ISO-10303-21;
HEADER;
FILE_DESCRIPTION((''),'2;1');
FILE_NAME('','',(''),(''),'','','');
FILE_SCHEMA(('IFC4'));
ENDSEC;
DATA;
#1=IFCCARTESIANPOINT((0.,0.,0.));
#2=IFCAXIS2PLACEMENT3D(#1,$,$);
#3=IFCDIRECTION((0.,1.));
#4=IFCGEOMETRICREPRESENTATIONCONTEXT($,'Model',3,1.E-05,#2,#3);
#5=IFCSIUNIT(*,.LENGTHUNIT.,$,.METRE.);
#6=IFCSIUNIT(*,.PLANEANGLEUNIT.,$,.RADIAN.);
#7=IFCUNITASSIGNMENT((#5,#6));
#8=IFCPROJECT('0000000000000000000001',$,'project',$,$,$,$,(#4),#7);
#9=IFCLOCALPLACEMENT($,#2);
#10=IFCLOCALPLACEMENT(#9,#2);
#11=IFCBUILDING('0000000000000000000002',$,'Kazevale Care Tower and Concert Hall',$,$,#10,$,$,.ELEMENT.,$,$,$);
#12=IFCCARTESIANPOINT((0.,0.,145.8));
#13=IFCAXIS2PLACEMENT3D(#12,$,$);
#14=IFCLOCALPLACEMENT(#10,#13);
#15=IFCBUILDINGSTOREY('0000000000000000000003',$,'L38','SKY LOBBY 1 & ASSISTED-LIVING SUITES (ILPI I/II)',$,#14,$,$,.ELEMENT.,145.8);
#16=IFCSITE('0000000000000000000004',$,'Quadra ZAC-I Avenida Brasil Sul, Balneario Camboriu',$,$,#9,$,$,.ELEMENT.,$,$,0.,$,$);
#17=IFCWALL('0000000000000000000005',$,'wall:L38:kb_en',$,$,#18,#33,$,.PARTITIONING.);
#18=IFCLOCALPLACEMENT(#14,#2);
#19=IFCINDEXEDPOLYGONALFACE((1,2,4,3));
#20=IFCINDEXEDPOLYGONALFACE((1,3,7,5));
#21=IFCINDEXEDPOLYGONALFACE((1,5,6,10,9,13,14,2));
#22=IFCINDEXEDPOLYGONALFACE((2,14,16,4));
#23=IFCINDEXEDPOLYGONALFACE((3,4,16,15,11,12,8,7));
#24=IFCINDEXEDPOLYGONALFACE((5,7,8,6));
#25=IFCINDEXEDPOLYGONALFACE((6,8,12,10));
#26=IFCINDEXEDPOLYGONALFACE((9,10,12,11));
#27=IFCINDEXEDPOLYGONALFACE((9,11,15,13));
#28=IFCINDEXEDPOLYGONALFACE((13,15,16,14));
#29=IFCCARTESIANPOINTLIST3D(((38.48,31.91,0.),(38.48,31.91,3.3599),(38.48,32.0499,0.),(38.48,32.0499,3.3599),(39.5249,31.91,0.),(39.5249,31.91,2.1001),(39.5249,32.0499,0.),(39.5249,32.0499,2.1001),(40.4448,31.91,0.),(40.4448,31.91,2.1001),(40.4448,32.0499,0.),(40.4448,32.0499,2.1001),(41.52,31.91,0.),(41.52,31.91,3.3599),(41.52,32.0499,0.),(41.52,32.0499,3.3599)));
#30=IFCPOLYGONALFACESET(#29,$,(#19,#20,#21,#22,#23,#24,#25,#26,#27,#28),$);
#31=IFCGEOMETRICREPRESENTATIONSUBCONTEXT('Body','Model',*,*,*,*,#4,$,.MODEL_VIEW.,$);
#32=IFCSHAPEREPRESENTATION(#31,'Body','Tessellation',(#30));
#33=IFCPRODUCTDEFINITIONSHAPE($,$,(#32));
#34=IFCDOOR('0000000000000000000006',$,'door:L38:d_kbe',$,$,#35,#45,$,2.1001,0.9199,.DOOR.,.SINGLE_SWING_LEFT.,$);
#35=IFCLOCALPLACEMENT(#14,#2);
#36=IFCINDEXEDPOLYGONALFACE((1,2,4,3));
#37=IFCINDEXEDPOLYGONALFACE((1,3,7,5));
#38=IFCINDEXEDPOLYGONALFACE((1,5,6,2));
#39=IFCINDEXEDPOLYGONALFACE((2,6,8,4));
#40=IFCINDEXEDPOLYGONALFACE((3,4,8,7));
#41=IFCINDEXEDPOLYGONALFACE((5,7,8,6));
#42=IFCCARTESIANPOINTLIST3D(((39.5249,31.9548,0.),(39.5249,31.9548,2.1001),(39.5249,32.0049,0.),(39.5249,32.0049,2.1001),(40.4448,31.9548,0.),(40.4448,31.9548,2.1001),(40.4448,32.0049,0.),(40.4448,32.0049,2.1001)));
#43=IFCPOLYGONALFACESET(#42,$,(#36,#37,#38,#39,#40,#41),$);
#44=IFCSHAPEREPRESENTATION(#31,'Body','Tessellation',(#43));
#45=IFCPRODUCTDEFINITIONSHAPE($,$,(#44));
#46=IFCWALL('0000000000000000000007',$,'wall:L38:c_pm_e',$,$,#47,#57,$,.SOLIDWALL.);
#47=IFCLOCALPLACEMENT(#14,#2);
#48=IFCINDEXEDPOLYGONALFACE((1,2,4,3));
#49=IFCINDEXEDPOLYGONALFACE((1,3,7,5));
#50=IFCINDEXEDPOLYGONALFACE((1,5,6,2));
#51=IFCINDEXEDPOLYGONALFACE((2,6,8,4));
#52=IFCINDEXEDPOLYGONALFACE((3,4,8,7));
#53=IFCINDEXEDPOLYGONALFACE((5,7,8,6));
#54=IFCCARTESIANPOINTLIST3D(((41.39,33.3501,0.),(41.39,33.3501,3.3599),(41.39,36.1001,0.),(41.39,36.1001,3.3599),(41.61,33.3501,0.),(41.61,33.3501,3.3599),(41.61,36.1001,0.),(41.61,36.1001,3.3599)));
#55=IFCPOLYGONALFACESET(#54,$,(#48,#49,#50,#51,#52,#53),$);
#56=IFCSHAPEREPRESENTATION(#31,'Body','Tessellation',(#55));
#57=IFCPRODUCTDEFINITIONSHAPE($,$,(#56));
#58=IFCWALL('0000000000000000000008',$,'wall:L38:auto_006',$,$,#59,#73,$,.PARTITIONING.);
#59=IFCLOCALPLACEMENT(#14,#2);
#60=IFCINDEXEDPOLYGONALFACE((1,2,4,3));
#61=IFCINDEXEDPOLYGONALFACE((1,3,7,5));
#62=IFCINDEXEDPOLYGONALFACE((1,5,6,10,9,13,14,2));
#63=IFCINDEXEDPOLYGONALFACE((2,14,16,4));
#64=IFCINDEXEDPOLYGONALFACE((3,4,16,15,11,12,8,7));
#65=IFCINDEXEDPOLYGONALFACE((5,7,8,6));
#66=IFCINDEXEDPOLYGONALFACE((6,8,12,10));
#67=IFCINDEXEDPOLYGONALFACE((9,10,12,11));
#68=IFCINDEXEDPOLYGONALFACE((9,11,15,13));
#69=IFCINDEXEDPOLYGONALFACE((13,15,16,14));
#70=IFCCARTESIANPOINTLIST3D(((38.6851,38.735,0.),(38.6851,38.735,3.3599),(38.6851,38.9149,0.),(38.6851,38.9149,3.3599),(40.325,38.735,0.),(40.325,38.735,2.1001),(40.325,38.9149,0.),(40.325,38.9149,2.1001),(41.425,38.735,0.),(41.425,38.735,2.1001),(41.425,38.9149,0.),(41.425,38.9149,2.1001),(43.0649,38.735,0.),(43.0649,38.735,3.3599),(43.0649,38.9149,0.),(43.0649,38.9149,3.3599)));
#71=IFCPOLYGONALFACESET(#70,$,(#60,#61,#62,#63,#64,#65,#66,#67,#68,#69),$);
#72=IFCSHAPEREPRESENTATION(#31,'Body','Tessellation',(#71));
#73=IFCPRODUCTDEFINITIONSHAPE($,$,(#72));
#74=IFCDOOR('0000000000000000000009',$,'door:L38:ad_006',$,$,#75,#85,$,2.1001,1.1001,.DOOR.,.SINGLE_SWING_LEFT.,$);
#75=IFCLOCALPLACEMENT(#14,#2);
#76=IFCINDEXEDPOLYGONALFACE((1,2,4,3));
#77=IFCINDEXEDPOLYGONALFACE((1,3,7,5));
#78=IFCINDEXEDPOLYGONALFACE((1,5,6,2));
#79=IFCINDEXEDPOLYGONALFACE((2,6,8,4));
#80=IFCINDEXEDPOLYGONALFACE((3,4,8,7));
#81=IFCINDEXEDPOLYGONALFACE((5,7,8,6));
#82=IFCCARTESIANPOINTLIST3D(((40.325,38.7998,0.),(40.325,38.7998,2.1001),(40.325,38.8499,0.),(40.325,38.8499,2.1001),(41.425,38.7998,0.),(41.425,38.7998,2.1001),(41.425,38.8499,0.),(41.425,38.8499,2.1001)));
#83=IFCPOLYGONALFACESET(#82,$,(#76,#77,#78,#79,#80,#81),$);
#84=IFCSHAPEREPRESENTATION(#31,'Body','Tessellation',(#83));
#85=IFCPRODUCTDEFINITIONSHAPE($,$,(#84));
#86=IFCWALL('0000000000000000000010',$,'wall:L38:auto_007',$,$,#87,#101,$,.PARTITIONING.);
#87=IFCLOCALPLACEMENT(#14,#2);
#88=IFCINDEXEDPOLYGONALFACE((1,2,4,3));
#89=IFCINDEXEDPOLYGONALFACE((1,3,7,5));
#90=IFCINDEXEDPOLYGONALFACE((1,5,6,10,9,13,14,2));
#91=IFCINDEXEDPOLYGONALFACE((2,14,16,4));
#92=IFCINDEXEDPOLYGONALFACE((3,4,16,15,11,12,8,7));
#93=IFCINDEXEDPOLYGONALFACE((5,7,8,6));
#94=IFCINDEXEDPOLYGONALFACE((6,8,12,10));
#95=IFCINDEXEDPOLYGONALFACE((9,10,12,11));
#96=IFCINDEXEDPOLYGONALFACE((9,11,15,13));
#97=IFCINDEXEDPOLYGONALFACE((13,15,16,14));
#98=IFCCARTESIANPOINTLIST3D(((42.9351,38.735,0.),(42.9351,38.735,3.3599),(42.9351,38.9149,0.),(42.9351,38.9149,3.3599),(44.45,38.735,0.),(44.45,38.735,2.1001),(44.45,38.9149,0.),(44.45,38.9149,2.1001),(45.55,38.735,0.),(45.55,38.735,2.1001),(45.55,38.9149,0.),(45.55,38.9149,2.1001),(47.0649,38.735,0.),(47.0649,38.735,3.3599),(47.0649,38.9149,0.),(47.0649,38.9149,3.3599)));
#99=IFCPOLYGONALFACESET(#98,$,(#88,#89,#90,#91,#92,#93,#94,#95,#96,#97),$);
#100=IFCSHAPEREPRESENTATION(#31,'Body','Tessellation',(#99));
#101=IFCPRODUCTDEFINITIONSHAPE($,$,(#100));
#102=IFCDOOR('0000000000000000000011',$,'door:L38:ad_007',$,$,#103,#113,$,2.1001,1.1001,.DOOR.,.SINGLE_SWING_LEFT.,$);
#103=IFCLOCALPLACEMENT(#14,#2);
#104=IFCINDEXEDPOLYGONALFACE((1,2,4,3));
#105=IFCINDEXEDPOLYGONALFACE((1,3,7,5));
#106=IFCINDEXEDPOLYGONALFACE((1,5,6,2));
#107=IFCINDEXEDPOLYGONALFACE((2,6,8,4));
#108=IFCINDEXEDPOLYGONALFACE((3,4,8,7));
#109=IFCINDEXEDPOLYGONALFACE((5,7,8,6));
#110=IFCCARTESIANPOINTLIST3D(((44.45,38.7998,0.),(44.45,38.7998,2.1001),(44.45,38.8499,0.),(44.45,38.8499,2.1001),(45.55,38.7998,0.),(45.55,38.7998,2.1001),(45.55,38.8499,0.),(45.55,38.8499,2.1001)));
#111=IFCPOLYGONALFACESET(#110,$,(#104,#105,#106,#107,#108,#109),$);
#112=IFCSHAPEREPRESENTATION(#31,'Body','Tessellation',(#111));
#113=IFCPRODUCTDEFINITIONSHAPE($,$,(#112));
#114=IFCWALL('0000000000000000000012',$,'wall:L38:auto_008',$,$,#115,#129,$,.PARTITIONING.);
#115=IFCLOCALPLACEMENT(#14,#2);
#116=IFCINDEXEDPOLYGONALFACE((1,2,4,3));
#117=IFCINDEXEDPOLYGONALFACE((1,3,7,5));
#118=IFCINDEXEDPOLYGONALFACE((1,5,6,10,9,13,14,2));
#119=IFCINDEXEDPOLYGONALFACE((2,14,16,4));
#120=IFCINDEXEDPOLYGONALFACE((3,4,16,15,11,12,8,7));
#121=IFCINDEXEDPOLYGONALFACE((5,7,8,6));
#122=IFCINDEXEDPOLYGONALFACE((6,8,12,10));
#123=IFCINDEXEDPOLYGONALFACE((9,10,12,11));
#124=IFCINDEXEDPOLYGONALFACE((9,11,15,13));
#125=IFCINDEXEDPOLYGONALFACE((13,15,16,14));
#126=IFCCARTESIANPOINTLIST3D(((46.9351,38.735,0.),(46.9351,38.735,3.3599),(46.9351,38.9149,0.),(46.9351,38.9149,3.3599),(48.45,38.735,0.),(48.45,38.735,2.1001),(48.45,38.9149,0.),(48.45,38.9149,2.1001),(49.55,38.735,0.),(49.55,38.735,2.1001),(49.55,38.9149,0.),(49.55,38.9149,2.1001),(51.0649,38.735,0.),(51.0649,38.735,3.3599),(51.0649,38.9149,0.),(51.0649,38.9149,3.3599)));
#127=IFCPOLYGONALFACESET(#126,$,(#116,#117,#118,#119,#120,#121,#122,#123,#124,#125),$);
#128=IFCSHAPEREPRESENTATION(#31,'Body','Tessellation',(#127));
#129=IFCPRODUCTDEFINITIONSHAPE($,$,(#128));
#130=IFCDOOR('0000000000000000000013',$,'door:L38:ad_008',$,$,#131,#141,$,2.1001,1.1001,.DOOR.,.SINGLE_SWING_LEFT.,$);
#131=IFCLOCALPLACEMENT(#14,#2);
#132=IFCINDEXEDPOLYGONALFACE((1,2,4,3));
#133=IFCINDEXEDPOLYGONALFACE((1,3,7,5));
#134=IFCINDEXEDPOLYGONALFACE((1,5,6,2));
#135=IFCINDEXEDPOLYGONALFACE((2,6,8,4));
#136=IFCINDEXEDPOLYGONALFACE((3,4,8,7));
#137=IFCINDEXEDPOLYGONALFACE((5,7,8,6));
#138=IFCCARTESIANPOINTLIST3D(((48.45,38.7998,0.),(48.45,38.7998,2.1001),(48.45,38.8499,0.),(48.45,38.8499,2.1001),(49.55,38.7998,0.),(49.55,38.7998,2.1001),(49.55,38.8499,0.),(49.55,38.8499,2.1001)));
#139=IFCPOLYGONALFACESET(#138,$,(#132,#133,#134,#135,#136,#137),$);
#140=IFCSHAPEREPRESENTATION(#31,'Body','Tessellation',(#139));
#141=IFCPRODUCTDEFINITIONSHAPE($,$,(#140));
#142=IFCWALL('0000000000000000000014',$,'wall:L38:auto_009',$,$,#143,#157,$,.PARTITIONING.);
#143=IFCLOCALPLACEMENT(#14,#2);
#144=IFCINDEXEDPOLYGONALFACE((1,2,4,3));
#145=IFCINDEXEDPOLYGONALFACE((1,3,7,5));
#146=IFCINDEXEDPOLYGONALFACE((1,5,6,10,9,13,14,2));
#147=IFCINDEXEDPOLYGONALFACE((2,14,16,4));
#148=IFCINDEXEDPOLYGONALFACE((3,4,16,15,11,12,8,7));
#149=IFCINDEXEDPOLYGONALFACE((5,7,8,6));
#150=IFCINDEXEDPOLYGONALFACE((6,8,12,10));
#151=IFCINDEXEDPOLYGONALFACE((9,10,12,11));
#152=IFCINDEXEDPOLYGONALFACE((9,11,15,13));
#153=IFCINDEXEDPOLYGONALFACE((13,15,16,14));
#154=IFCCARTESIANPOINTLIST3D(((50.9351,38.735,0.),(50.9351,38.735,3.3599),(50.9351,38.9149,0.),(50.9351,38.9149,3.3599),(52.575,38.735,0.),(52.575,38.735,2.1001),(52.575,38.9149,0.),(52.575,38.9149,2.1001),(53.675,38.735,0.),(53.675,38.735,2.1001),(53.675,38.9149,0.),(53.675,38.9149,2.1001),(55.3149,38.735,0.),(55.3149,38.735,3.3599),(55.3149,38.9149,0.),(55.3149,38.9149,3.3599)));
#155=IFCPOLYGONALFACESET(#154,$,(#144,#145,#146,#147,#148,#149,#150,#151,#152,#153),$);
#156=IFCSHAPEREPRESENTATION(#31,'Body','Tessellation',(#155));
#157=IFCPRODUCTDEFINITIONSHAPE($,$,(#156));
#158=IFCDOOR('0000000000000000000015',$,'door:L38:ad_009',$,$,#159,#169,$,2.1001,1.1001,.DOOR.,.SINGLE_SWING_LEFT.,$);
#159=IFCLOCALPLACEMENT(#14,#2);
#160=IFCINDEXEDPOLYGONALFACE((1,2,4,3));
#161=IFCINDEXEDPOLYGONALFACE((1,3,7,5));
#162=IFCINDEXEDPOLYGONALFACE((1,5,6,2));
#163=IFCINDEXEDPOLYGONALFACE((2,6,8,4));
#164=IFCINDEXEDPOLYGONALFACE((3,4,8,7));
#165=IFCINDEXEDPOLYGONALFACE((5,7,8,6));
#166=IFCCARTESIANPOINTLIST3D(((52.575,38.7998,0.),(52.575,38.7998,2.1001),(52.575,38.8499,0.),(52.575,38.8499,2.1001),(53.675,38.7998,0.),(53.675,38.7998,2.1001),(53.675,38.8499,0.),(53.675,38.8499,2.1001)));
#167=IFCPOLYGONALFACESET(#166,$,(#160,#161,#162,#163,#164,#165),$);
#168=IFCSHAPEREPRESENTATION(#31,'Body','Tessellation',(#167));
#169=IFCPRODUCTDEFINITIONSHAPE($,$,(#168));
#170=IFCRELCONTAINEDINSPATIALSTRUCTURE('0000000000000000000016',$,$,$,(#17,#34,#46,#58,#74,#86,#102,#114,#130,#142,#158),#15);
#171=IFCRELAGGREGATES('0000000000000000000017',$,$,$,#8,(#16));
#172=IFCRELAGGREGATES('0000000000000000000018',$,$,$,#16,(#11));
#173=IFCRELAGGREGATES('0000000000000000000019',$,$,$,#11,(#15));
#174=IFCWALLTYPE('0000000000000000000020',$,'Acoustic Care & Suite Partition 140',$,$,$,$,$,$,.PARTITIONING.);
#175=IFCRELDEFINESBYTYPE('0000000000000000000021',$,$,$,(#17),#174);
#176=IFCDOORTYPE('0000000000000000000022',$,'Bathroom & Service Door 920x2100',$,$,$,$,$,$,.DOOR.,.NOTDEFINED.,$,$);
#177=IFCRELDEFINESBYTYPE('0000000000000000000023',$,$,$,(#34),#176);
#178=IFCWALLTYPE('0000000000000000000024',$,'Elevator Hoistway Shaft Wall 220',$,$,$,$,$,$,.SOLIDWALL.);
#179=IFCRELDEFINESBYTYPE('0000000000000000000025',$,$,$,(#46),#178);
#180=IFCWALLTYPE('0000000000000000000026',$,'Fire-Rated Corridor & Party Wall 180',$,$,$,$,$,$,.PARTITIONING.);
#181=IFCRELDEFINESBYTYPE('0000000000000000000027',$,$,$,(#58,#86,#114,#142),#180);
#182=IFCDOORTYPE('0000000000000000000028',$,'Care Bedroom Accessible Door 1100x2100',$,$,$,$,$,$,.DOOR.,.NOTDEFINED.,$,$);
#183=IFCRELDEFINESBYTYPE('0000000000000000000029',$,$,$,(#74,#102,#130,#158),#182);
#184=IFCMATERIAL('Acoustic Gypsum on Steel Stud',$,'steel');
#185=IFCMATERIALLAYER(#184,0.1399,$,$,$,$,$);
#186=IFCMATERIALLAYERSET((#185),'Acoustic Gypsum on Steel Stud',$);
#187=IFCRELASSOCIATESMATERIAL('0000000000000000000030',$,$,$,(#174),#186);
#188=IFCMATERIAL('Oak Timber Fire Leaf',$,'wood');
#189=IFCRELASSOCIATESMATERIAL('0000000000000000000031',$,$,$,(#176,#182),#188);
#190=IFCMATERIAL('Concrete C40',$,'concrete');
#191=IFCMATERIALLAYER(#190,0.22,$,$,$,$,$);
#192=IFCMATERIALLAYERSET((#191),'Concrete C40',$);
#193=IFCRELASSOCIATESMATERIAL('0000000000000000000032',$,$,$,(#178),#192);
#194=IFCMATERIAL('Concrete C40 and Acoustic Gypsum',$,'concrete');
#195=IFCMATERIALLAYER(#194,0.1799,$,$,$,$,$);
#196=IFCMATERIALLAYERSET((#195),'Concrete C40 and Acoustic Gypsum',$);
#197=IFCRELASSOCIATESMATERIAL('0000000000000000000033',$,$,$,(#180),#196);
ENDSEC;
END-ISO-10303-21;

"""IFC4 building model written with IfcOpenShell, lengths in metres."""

from ifc_helpers import new_model, si_unit, direction, frame, frame_2d, origin, place, context, subcontext, project, spatial, rectangle, extrude, material, layer, layer_set, type_object, element, fill, save


model = new_model("IFC4")

# Units and contexts
model_context = context("Model", 3, precision=1e-05, world=origin(), true_north=direction((0.0, 1.0)))
body_context = subcontext(model_context, "Body", "Model", "MODEL_VIEW")
ifc_project = project(units=[si_unit("LENGTHUNIT", "METRE"), si_unit("PLANEANGLEUNIT", "RADIAN")], contexts=[model_context])

# Site, building, storey
site_placement = place(None, origin())
site = spatial("IfcSite", under=ifc_project, at=site_placement, Name="Quadra ZAC-I Avenida Brasil Sul, Balneario Camboriu", CompositionType="ELEMENT", RefElevation=0.0)
building_placement = place(site_placement, origin())
building = spatial("IfcBuilding", under=site, at=building_placement, Name="Kazevale Care Tower and Concert Hall", CompositionType="ELEMENT")
storey_placement = place(building_placement, frame((0.0, 0.0, 145.8)))
storey = spatial("IfcBuildingStorey", under=building, at=storey_placement, Name="L38", Description="SKY LOBBY 1 & ASSISTED-LIVING SUITES (ILPI I/II)", CompositionType="ELEMENT", Elevation=145.8)

# Wall, opening, door
ifc_material_1 = material(Name="Acoustic Gypsum on Steel Stud", Category="steel")
ifc_layer_1 = layer(ifc_material_1, 0.1399)
ifc_layer_set_1 = layer_set([ifc_layer_1], Name="Acoustic Gypsum on Steel Stud")
wall_type_1 = type_object("IfcWallType", Name="Acoustic Care & Suite Partition 140", PredefinedType="PARTITIONING", material=ifc_layer_set_1)
wall_1_placement = place(storey_placement, frame((38.48, 31.98, 0.0), z_axis=(0.0, 0.0, 1.0), x_axis=(1.0, 0.0, 0.0)))
wall_1 = element("IfcWall", 1, at=wall_1_placement, inside=storey, type_object=wall_type_1, Name="wall:L38:kb_en", PredefinedType="PARTITIONING", context=body_context, shape_type="SweptSolid", body=[
    extrude(rectangle(XDim=3.04, YDim=0.1399, at=frame_2d((1.52, 0.0))), origin(), (0.0, 0.0, 1.0), 3.3599),
])
opening_1_placement = place(wall_1_placement, frame((1.0449, 0.0, 0.0)))
opening_1 = element("IfcOpeningElement", 2, at=opening_1_placement, cuts=wall_1, PredefinedType="OPENING", context=body_context, shape_type="SweptSolid", body=[
    extrude(rectangle(XDim=0.9199, YDim=2.1001, at=frame_2d((0.46, 1.05))), frame((0.0, 0.0798, 0.0), z_axis=(0.0, -1.0, 0.0), x_axis=(1.0, 0.0, 0.0)), (0.0, 0.0, 1.0), 0.1599),
])
ifc_material_2 = material(Name="Oak Timber Fire Leaf", Category="wood")
door_type_1 = type_object("IfcDoorType", Name="Bathroom & Service Door 920x2100", OperationType="NOTDEFINED", PredefinedType="DOOR", material=ifc_material_2)
door_1_placement = place(opening_1_placement, origin())
door_1 = element("IfcDoor", 3, at=door_1_placement, inside=storey, type_object=door_type_1, Name="door:L38:d_kbe", OperationType="SINGLE_SWING_LEFT", OverallHeight=2.1001, OverallWidth=0.9199, PredefinedType="DOOR", context=body_context, shape_type="SweptSolid", body=[
    extrude(rectangle(XDim=0.9199, YDim=2.1001, at=frame_2d((0.46, 1.05))), frame((0.0, 0.0249, 0.0), z_axis=(0.0, -1.0, 0.0), x_axis=(1.0, 0.0, 0.0)), (0.0, 0.0, 1.0), 0.05),
])
fill(opening_1, door_1)

# Wall
ifc_material_3 = material(Name="Concrete C40", Category="concrete")
ifc_layer_2 = layer(ifc_material_3, 0.22)
ifc_layer_set_2 = layer_set([ifc_layer_2], Name="Concrete C40")
wall_type_2 = type_object("IfcWallType", Name="Elevator Hoistway Shaft Wall 220", PredefinedType="SOLIDWALL", material=ifc_layer_set_2)
wall_2_placement = place(storey_placement, frame((41.5, 33.3501, 0.0), z_axis=(0.0, 0.0, 1.0), x_axis=(0.0, 1.0, 0.0)))
element("IfcWall", 4, at=wall_2_placement, inside=storey, type_object=wall_type_2, Name="wall:L38:c_pm_e", PredefinedType="SOLIDWALL", context=body_context, shape_type="SweptSolid", body=[
    extrude(rectangle(XDim=2.75, YDim=0.22, at=frame_2d((1.375, 0.0))), origin(), (0.0, 0.0, 1.0), 3.3599),
])

# Walls, openings, doors
ifc_material_4 = material(Name="Concrete C40 and Acoustic Gypsum", Category="concrete")
ifc_layer_3 = layer(ifc_material_4, 0.1799)
ifc_layer_set_3 = layer_set([ifc_layer_3], Name="Concrete C40 and Acoustic Gypsum")
wall_type_3 = type_object("IfcWallType", Name="Fire-Rated Corridor & Party Wall 180", PredefinedType="PARTITIONING", material=ifc_layer_set_3)
wall_3_placement = place(storey_placement, frame((38.6851, 38.825, 0.0), z_axis=(0.0, 0.0, 1.0), x_axis=(1.0, 0.0, 0.0)))
wall_3 = element("IfcWall", 5, at=wall_3_placement, inside=storey, type_object=wall_type_3, Name="wall:L38:auto_006", PredefinedType="PARTITIONING", context=body_context, shape_type="SweptSolid", body=[
    extrude(rectangle(XDim=4.3799, YDim=0.1799, at=frame_2d((2.1899, 0.0))), origin(), (0.0, 0.0, 1.0), 3.3599),
])
opening_2_placement = place(wall_3_placement, frame((1.6399, 0.0, 0.0)))
opening_2 = element("IfcOpeningElement", 6, at=opening_2_placement, cuts=wall_3, PredefinedType="OPENING", context=body_context, shape_type="SweptSolid", body=[
    extrude(rectangle(XDim=1.1001, YDim=2.1001, at=frame_2d((0.55, 1.05))), frame((0.0, 0.0999, 0.0), z_axis=(0.0, -1.0, 0.0), x_axis=(1.0, 0.0, 0.0)), (0.0, 0.0, 1.0), 0.2),
])
door_type_2 = type_object("IfcDoorType", Name="Care Bedroom Accessible Door 1100x2100", OperationType="NOTDEFINED", PredefinedType="DOOR", material=ifc_material_2)
door_2_placement = place(opening_2_placement, origin())
door_2 = element("IfcDoor", 7, at=door_2_placement, inside=storey, type_object=door_type_2, Name="door:L38:ad_006", OperationType="SINGLE_SWING_LEFT", OverallHeight=2.1001, OverallWidth=1.1001, PredefinedType="DOOR", context=body_context, shape_type="SweptSolid", body=[
    extrude(rectangle(XDim=1.1001, YDim=2.1001, at=frame_2d((0.55, 1.05))), frame((0.0, 0.0249, 0.0), z_axis=(0.0, -1.0, 0.0), x_axis=(1.0, 0.0, 0.0)), (0.0, 0.0, 1.0), 0.05),
])
fill(opening_2, door_2)
wall_4_placement = place(storey_placement, frame((42.9351, 38.825, 0.0), z_axis=(0.0, 0.0, 1.0), x_axis=(1.0, 0.0, 0.0)))
wall_4 = element("IfcWall", 8, at=wall_4_placement, inside=storey, type_object=wall_type_3, Name="wall:L38:auto_007", PredefinedType="PARTITIONING", context=body_context, shape_type="SweptSolid", body=[
    extrude(rectangle(XDim=4.1299, YDim=0.1799, at=frame_2d((2.0649, 0.0))), origin(), (0.0, 0.0, 1.0), 3.3599),
])
opening_3_placement = place(wall_4_placement, frame((1.5149, 0.0, 0.0)))
opening_3 = element("IfcOpeningElement", 9, at=opening_3_placement, cuts=wall_4, PredefinedType="OPENING", context=body_context, shape_type="SweptSolid", body=[
    extrude(rectangle(XDim=1.1001, YDim=2.1001, at=frame_2d((0.55, 1.05))), frame((0.0, 0.0999, 0.0), z_axis=(0.0, -1.0, 0.0), x_axis=(1.0, 0.0, 0.0)), (0.0, 0.0, 1.0), 0.2),
])
door_3_placement = place(opening_3_placement, origin())
door_3 = element("IfcDoor", 10, at=door_3_placement, inside=storey, type_object=door_type_2, Name="door:L38:ad_007", OperationType="SINGLE_SWING_LEFT", OverallHeight=2.1001, OverallWidth=1.1001, PredefinedType="DOOR", context=body_context, shape_type="SweptSolid", body=[
    extrude(rectangle(XDim=1.1001, YDim=2.1001, at=frame_2d((0.55, 1.05))), frame((0.0, 0.0249, 0.0), z_axis=(0.0, -1.0, 0.0), x_axis=(1.0, 0.0, 0.0)), (0.0, 0.0, 1.0), 0.05),
])
fill(opening_3, door_3)
wall_5_placement = place(storey_placement, frame((46.9351, 38.825, 0.0), z_axis=(0.0, 0.0, 1.0), x_axis=(1.0, 0.0, 0.0)))
wall_5 = element("IfcWall", 11, at=wall_5_placement, inside=storey, type_object=wall_type_3, Name="wall:L38:auto_008", PredefinedType="PARTITIONING", context=body_context, shape_type="SweptSolid", body=[
    extrude(rectangle(XDim=4.1299, YDim=0.1799, at=frame_2d((2.0649, 0.0))), origin(), (0.0, 0.0, 1.0), 3.3599),
])
opening_4_placement = place(wall_5_placement, frame((1.5149, 0.0, 0.0)))
opening_4 = element("IfcOpeningElement", 12, at=opening_4_placement, cuts=wall_5, PredefinedType="OPENING", context=body_context, shape_type="SweptSolid", body=[
    extrude(rectangle(XDim=1.1001, YDim=2.1001, at=frame_2d((0.55, 1.05))), frame((0.0, 0.0999, 0.0), z_axis=(0.0, -1.0, 0.0), x_axis=(1.0, 0.0, 0.0)), (0.0, 0.0, 1.0), 0.2),
])
door_4_placement = place(opening_4_placement, origin())
door_4 = element("IfcDoor", 13, at=door_4_placement, inside=storey, type_object=door_type_2, Name="door:L38:ad_008", OperationType="SINGLE_SWING_LEFT", OverallHeight=2.1001, OverallWidth=1.1001, PredefinedType="DOOR", context=body_context, shape_type="SweptSolid", body=[
    extrude(rectangle(XDim=1.1001, YDim=2.1001, at=frame_2d((0.55, 1.05))), frame((0.0, 0.0249, 0.0), z_axis=(0.0, -1.0, 0.0), x_axis=(1.0, 0.0, 0.0)), (0.0, 0.0, 1.0), 0.05),
])
fill(opening_4, door_4)
wall_6_placement = place(storey_placement, frame((50.9351, 38.825, 0.0), z_axis=(0.0, 0.0, 1.0), x_axis=(1.0, 0.0, 0.0)))
wall_6 = element("IfcWall", 14, at=wall_6_placement, inside=storey, type_object=wall_type_3, Name="wall:L38:auto_009", PredefinedType="PARTITIONING", context=body_context, shape_type="SweptSolid", body=[
    extrude(rectangle(XDim=4.3799, YDim=0.1799, at=frame_2d((2.1899, 0.0))), origin(), (0.0, 0.0, 1.0), 3.3599),
])
opening_5_placement = place(wall_6_placement, frame((1.6399, 0.0, 0.0)))
opening_5 = element("IfcOpeningElement", 15, at=opening_5_placement, cuts=wall_6, PredefinedType="OPENING", context=body_context, shape_type="SweptSolid", body=[
    extrude(rectangle(XDim=1.1001, YDim=2.1001, at=frame_2d((0.55, 1.05))), frame((0.0, 0.0999, 0.0), z_axis=(0.0, -1.0, 0.0), x_axis=(1.0, 0.0, 0.0)), (0.0, 0.0, 1.0), 0.2),
])
door_5_placement = place(opening_5_placement, origin())
door_5 = element("IfcDoor", 16, at=door_5_placement, inside=storey, type_object=door_type_2, Name="door:L38:ad_009", OperationType="SINGLE_SWING_LEFT", OverallHeight=2.1001, OverallWidth=1.1001, PredefinedType="DOOR", context=body_context, shape_type="SweptSolid", body=[
    extrude(rectangle(XDim=1.1001, YDim=2.1001, at=frame_2d((0.55, 1.05))), frame((0.0, 0.0249, 0.0), z_axis=(0.0, -1.0, 0.0), x_axis=(1.0, 0.0, 0.0)), (0.0, 0.0, 1.0), 0.05),
])
fill(opening_5, door_5)

save(model, "model.ifc")
